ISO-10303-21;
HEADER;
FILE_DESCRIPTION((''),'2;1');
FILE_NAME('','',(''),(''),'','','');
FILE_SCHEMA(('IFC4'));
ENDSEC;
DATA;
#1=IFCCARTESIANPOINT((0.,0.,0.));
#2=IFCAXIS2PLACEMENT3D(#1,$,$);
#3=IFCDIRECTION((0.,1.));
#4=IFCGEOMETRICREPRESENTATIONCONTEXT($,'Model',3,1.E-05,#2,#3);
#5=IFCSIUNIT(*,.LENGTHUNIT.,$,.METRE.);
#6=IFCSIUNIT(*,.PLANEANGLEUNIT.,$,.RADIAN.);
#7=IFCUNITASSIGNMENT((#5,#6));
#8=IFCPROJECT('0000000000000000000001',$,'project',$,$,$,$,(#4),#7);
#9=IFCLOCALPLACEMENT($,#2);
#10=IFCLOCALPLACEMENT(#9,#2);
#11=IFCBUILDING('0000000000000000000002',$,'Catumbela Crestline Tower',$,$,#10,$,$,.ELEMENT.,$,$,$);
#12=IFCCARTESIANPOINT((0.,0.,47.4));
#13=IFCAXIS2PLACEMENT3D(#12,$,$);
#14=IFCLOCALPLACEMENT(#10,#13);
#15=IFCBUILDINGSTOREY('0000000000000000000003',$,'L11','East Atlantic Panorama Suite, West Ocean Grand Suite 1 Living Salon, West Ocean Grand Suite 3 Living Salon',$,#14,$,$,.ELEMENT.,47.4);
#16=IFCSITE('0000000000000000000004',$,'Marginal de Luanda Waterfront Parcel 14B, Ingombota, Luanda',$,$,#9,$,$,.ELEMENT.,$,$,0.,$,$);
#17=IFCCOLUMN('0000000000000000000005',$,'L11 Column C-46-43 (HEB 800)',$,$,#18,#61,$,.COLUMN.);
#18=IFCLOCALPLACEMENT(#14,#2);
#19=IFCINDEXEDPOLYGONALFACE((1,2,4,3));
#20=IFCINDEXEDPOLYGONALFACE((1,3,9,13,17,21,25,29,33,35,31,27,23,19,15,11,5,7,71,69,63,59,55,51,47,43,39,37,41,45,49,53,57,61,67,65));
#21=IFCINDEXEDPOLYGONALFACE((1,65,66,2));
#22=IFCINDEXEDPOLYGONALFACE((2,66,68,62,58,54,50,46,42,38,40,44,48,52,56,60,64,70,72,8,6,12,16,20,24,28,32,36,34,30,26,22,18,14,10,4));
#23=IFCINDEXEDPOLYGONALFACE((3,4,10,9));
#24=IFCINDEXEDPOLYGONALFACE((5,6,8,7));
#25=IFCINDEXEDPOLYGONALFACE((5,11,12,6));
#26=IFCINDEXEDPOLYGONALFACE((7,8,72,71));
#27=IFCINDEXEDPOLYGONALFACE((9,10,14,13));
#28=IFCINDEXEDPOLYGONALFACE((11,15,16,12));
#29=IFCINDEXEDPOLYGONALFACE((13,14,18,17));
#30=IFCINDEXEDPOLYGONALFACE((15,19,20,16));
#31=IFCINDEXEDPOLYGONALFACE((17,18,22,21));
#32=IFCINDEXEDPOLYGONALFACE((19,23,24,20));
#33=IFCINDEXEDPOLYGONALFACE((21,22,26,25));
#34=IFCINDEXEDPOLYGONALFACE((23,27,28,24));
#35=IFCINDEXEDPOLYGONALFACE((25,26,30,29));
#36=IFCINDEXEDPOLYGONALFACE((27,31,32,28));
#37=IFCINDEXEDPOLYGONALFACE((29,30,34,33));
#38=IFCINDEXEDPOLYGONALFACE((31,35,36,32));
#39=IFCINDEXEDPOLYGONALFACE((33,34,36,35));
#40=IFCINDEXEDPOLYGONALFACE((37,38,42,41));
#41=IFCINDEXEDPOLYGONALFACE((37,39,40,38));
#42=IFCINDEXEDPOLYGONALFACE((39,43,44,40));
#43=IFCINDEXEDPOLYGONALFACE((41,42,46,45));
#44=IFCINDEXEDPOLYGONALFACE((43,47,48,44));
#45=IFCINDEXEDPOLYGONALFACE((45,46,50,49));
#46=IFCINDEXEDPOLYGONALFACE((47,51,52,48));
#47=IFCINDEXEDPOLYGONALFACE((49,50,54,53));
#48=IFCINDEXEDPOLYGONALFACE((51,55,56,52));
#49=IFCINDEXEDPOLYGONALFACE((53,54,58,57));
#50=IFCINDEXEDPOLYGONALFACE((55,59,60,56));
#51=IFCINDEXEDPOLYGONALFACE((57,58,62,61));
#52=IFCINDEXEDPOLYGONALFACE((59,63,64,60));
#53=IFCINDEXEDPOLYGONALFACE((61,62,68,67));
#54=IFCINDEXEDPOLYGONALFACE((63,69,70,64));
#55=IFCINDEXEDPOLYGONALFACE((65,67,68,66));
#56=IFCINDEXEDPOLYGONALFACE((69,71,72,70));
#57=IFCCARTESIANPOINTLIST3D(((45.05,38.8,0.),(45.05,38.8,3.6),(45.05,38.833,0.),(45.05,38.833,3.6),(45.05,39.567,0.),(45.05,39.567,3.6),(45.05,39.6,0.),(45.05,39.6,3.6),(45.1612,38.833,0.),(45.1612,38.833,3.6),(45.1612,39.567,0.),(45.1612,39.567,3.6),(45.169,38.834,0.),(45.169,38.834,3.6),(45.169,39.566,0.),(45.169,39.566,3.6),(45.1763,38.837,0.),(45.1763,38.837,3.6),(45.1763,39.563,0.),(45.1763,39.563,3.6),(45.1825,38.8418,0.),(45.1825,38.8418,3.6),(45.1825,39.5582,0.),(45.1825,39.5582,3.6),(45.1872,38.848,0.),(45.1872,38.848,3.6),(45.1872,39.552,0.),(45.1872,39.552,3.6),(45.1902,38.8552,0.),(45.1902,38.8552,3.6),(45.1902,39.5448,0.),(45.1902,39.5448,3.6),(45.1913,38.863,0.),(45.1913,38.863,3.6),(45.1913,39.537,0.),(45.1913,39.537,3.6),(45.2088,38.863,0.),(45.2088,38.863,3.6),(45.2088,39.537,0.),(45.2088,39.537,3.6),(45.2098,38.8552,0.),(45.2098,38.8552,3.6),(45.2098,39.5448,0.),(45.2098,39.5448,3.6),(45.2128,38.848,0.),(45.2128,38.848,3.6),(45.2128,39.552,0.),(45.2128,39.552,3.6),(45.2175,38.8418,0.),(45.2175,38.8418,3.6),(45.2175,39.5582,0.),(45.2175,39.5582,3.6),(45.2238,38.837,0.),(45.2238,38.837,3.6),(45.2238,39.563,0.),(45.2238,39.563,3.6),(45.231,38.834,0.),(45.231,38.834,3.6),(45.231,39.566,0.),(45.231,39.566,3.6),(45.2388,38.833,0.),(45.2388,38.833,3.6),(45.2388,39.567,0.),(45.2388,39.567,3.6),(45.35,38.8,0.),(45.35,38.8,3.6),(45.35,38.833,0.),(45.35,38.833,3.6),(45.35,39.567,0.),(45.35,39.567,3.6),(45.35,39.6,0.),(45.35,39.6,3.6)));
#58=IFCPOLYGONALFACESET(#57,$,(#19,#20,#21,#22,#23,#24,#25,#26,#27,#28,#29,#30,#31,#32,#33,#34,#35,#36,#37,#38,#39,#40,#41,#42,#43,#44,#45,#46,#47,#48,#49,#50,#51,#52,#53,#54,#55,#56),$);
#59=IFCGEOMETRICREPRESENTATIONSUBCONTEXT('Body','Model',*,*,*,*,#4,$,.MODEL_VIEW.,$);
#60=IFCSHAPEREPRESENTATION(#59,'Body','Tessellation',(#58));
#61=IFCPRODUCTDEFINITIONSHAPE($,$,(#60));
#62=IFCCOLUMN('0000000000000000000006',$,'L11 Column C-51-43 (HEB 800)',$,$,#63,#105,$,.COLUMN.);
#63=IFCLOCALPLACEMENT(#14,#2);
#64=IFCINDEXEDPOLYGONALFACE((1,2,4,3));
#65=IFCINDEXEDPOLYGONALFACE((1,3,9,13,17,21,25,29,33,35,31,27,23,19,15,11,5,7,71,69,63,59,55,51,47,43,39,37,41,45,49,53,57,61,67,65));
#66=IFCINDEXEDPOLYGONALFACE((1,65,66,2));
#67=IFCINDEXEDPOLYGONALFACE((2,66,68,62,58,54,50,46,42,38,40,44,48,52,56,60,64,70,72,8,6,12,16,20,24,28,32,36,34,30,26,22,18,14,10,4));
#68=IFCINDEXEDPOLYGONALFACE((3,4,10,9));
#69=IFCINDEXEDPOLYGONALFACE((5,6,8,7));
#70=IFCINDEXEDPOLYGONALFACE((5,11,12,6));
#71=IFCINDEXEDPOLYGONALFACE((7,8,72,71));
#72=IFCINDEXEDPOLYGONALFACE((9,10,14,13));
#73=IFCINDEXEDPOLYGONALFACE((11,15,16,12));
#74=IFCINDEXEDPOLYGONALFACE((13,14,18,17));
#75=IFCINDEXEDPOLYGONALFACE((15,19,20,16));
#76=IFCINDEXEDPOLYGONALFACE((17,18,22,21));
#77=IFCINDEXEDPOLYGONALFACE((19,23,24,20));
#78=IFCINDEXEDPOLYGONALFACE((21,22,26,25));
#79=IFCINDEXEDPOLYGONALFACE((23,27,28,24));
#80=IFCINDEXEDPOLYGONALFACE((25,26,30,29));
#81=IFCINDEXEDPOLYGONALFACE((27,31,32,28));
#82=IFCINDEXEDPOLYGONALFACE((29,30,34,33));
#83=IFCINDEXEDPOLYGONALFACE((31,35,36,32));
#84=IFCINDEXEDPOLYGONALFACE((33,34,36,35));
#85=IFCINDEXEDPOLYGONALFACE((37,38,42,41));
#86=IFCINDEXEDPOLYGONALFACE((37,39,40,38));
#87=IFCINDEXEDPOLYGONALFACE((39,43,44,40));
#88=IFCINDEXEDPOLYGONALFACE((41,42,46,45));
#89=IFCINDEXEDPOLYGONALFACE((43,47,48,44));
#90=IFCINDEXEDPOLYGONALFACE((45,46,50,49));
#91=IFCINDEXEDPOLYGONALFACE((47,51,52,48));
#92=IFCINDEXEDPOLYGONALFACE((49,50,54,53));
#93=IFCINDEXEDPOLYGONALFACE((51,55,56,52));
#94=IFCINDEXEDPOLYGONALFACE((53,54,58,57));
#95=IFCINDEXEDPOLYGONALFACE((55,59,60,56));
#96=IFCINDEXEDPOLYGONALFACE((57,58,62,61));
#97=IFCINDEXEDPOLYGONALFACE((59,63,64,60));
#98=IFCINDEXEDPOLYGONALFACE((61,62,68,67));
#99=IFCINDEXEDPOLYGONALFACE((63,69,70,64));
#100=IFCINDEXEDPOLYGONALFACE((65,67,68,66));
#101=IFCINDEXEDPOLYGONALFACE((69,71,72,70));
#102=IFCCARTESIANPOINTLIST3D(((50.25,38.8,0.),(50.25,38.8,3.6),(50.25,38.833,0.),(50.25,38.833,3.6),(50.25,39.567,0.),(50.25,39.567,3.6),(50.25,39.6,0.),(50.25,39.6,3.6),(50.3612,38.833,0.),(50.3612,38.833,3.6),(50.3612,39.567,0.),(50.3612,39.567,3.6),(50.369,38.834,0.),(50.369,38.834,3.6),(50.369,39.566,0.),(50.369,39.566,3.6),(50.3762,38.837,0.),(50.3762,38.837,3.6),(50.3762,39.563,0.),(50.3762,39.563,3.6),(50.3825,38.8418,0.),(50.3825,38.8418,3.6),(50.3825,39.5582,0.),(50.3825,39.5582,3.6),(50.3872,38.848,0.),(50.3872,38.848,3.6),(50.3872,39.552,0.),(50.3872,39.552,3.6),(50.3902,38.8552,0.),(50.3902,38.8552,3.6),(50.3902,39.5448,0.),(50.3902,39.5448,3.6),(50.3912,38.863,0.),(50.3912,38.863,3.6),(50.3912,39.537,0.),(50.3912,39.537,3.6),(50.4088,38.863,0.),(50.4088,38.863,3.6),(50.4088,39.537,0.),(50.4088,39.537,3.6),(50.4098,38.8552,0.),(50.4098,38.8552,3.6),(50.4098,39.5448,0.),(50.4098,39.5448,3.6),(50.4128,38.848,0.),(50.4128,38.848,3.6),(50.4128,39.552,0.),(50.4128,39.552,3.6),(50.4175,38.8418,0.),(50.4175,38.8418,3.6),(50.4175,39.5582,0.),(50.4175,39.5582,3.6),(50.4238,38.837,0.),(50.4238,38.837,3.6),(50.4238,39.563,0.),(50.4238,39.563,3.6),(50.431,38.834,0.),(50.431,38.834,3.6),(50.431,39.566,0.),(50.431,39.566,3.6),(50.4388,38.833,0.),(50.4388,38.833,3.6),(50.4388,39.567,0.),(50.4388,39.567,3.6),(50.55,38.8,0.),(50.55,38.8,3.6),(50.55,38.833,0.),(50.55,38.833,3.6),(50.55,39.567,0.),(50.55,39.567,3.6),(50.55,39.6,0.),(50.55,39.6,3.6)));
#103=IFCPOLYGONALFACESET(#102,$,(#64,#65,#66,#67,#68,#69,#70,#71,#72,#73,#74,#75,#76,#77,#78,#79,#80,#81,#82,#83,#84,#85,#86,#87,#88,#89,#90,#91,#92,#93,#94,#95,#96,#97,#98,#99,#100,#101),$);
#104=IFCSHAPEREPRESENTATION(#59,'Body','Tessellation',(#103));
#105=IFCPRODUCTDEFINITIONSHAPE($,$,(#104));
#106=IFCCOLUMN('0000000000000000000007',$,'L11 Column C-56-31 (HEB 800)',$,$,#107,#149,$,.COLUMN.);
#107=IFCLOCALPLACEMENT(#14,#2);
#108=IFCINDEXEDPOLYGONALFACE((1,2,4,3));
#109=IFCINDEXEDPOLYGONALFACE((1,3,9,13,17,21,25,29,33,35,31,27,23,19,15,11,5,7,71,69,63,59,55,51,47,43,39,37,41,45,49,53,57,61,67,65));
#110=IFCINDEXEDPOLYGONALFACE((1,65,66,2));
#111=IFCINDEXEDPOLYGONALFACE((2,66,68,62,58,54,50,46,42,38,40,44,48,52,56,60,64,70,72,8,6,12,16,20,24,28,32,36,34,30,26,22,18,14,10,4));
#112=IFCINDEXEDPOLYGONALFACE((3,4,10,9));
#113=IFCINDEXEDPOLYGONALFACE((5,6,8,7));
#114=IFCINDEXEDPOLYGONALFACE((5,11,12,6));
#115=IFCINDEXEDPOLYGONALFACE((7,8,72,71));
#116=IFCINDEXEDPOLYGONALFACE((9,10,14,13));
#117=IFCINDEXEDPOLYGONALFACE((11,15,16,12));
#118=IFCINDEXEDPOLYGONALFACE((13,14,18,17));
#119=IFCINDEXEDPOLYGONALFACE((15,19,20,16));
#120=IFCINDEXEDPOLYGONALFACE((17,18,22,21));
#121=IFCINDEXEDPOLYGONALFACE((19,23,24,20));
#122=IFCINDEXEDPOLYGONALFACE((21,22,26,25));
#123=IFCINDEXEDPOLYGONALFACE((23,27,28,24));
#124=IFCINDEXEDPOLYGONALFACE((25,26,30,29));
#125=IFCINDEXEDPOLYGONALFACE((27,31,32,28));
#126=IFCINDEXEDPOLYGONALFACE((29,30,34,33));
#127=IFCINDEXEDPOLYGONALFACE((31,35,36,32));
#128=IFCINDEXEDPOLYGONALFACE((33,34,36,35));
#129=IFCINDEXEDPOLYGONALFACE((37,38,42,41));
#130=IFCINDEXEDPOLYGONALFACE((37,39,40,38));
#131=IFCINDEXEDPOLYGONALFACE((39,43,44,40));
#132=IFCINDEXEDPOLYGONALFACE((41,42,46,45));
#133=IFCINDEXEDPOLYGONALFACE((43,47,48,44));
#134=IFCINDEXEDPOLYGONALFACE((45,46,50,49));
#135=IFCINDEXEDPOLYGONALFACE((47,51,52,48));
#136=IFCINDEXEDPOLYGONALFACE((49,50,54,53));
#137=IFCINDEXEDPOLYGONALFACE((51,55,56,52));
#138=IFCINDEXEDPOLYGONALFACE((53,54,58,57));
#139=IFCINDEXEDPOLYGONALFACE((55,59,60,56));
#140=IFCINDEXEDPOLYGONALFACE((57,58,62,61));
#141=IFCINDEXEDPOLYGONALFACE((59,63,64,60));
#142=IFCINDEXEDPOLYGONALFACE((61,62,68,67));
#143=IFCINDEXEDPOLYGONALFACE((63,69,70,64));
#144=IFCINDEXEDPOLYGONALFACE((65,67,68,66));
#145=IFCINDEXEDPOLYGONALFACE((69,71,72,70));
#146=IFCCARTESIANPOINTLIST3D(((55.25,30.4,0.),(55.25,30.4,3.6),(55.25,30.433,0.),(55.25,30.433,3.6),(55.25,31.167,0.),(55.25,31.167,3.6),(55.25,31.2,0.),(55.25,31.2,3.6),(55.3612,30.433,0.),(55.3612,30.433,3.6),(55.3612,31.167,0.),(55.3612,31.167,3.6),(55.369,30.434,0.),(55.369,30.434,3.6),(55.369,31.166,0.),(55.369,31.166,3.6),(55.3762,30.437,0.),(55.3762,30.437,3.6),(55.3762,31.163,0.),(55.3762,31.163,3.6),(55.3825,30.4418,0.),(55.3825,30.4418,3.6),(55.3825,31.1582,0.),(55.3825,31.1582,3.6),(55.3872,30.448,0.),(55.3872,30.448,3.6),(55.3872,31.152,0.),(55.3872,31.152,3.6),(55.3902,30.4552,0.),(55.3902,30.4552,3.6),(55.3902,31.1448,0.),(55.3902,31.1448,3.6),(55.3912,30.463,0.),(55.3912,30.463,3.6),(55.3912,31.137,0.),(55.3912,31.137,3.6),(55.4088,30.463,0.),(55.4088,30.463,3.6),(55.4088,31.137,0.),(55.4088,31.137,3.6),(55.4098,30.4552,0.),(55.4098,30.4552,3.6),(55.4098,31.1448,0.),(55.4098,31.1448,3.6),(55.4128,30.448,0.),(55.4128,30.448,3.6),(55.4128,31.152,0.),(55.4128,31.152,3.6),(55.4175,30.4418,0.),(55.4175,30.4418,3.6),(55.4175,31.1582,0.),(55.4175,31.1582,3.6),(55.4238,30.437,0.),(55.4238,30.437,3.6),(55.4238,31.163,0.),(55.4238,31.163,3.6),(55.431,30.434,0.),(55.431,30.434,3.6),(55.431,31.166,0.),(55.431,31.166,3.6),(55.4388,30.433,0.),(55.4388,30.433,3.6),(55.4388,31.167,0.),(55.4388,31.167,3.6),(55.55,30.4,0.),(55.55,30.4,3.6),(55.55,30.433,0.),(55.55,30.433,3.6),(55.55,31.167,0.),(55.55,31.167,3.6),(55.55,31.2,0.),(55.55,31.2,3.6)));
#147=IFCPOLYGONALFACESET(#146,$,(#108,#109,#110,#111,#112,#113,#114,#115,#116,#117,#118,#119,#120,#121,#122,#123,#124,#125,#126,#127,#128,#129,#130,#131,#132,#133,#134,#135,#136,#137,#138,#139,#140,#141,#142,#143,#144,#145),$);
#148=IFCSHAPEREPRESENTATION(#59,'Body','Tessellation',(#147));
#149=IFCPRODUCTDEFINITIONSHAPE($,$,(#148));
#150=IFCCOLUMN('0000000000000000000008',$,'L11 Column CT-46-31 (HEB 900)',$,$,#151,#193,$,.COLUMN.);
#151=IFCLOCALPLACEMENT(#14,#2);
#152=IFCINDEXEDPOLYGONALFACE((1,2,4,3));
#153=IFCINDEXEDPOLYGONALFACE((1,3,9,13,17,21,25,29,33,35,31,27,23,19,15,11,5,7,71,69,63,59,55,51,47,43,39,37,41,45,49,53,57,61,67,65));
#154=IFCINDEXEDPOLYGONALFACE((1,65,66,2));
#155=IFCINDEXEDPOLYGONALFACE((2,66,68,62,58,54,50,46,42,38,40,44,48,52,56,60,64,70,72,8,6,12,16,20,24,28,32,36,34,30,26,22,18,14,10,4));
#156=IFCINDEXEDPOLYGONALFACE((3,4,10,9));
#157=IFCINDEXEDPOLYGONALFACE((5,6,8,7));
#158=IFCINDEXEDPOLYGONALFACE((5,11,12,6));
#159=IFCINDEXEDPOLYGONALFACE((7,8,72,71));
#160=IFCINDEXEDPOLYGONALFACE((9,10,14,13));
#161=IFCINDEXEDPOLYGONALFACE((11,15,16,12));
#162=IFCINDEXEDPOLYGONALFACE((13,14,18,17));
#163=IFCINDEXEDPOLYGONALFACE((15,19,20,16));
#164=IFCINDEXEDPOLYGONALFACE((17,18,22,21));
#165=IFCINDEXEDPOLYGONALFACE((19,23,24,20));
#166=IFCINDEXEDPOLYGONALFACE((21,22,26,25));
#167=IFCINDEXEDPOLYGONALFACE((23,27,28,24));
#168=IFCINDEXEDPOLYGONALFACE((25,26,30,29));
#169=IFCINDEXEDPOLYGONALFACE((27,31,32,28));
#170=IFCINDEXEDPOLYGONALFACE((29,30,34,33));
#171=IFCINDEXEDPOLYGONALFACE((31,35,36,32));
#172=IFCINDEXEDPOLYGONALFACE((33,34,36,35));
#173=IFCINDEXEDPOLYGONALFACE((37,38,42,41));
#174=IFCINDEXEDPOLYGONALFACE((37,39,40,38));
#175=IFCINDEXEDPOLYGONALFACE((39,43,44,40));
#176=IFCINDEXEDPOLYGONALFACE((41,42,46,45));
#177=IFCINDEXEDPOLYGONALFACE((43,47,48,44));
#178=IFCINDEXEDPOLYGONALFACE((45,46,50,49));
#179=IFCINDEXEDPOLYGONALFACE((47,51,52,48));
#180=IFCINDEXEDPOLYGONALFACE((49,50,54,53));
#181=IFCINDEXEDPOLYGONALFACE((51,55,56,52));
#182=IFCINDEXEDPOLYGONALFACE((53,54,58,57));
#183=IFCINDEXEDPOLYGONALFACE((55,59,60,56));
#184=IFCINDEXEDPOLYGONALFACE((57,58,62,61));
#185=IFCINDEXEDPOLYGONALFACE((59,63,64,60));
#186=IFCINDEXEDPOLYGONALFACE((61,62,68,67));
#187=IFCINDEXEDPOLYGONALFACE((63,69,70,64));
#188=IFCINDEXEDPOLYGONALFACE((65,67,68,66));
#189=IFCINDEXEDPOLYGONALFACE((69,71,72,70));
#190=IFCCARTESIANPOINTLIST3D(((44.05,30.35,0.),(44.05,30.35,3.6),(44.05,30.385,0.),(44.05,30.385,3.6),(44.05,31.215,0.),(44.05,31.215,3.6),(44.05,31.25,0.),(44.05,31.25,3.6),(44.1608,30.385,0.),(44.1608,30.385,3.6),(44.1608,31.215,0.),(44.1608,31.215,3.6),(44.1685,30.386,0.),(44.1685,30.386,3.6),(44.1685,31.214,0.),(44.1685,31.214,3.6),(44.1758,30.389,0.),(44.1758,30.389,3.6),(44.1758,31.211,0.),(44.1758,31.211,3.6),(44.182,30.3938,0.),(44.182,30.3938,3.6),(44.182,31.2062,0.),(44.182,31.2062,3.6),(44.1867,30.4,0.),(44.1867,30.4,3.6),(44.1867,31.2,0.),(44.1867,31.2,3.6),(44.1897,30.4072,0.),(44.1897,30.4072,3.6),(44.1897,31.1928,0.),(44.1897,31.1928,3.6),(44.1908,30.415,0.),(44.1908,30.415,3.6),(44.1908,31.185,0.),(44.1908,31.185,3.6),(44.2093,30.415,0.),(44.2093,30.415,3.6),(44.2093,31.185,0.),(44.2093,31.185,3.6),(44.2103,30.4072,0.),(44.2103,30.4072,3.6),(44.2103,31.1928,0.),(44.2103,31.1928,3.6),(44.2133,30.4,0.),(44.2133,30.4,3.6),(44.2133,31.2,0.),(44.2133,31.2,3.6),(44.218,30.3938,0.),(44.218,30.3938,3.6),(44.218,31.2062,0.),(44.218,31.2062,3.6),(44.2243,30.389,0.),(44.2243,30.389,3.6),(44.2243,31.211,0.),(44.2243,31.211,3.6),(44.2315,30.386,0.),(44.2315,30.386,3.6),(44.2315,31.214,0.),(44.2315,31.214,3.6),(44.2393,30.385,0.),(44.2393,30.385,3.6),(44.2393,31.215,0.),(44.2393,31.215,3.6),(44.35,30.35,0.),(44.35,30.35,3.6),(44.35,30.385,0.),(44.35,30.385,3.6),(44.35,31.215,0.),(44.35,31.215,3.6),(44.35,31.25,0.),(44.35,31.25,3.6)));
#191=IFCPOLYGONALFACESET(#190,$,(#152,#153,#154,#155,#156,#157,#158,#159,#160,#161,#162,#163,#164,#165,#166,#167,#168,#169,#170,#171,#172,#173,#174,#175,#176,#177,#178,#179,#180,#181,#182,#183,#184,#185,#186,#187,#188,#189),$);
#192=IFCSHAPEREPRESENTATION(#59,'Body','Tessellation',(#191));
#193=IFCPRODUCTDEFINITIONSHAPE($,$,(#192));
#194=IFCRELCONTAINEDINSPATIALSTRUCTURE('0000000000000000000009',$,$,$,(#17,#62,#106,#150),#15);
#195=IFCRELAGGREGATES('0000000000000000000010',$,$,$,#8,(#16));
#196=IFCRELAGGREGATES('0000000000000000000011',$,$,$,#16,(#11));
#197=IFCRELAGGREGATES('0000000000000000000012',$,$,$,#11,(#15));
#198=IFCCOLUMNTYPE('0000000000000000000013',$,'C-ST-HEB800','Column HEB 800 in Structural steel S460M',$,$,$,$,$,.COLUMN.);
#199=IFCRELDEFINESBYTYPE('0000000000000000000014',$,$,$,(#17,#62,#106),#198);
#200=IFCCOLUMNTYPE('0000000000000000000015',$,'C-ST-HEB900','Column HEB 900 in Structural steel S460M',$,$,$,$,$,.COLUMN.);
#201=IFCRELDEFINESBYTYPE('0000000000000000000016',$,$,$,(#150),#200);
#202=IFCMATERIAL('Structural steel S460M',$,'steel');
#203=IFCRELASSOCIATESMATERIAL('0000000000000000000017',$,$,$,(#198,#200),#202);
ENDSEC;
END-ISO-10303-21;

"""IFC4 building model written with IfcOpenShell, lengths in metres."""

from ifc_helpers import new_model, si_unit, direction, frame, origin, origin_2d, place, context, subcontext, project, spatial, i_section, extrude, material, material_profile, profile_set, type_object, element, save


model = new_model("IFC4")

# Units and contexts
model_context = context("Model", 3, precision=1e-05, world=origin(), true_north=direction((0.0, 1.0)))
body_context = subcontext(model_context, "Body", "Model", "MODEL_VIEW")
ifc_project = project(units=[si_unit("LENGTHUNIT", "METRE"), si_unit("PLANEANGLEUNIT", "RADIAN")], contexts=[model_context])

# Site, building, storey
site_placement = place(None, origin())
site = spatial("IfcSite", under=ifc_project, at=site_placement, Name="Marginal de Luanda Waterfront Parcel 14B, Ingombota, Luanda", CompositionType="ELEMENT", RefElevation=0.0)
building_placement = place(site_placement, origin())
building = spatial("IfcBuilding", under=site, at=building_placement, Name="Catumbela Crestline Tower", CompositionType="ELEMENT")
storey_placement = place(building_placement, frame((0.0, 0.0, 47.4)))
storey = spatial("IfcBuildingStorey", under=building, at=storey_placement, Name="L11", Description="East Atlantic Panorama Suite, West Ocean Grand Suite 1 Living Salon, West Ocean Grand Suite 3 Living Salon", CompositionType="ELEMENT", Elevation=47.4)

# Columns
ifc_material_1 = material(Name="Structural steel S460M", Category="steel")
ifc_material_profile_1 = material_profile(ifc_material_1, i_section(OverallWidth=0.3, OverallDepth=0.8, WebThickness=0.0175, FlangeThickness=0.033, FilletRadius=0.03, at=origin_2d()), Name="HEB 800")
ifc_profile_set_1 = profile_set([ifc_material_profile_1], Name="Structural steel S460M")
column_type_1 = type_object("IfcColumnType", Name="C-ST-HEB800", Description="Column HEB 800 in Structural steel S460M", PredefinedType="COLUMN", material=ifc_profile_set_1)
for number, where, z_axis, x_axis, name in (
    (1, (45.2, 39.2, 0.0), (0.0, 0.0, 1.0), (1.0, 0.0, 0.0), "L11 Column C-46-43 (HEB 800)"),
    (2, (50.4, 39.2, 0.0), (0.0, 0.0, 1.0), (1.0, 0.0, 0.0), "L11 Column C-51-43 (HEB 800)"),
    (3, (55.4, 30.8, 0.0), (0.0, 0.0, 1.0), (1.0, 0.0, 0.0), "L11 Column C-56-31 (HEB 800)"),
):
    element("IfcColumn", number, at=place(storey_placement, frame(where, z_axis=z_axis, x_axis=x_axis)), inside=storey, type_object=column_type_1, Name=name, PredefinedType="COLUMN", context=body_context, shape_type="SweptSolid", body=[
        extrude(i_section(OverallWidth=0.3, OverallDepth=0.8, WebThickness=0.0175, FlangeThickness=0.033, FilletRadius=0.03, at=origin_2d()), origin(), (0.0, 0.0, 1.0), 3.6),
    ])
ifc_material_profile_2 = material_profile(ifc_material_1, i_section(OverallWidth=0.3, OverallDepth=0.9, WebThickness=0.0185, FlangeThickness=0.035, FilletRadius=0.03, at=origin_2d()), Name="HEB 900")
ifc_profile_set_2 = profile_set([ifc_material_profile_2], Name="Structural steel S460M")
column_type_2 = type_object("IfcColumnType", Name="C-ST-HEB900", Description="Column HEB 900 in Structural steel S460M", PredefinedType="COLUMN", material=ifc_profile_set_2)
for number, where, z_axis, x_axis, name in (
    (4, (44.2, 30.8, 0.0), (0.0, 0.0, 1.0), (1.0, 0.0, 0.0), "L11 Column CT-46-31 (HEB 900)"),
):
    element("IfcColumn", number, at=place(storey_placement, frame(where, z_axis=z_axis, x_axis=x_axis)), inside=storey, type_object=column_type_2, Name=name, PredefinedType="COLUMN", context=body_context, shape_type="SweptSolid", body=[
        extrude(i_section(OverallWidth=0.3, OverallDepth=0.9, WebThickness=0.0185, FlangeThickness=0.035, FilletRadius=0.03, at=origin_2d()), origin(), (0.0, 0.0, 1.0), 3.6),
    ])

save(model, "model.ifc")
